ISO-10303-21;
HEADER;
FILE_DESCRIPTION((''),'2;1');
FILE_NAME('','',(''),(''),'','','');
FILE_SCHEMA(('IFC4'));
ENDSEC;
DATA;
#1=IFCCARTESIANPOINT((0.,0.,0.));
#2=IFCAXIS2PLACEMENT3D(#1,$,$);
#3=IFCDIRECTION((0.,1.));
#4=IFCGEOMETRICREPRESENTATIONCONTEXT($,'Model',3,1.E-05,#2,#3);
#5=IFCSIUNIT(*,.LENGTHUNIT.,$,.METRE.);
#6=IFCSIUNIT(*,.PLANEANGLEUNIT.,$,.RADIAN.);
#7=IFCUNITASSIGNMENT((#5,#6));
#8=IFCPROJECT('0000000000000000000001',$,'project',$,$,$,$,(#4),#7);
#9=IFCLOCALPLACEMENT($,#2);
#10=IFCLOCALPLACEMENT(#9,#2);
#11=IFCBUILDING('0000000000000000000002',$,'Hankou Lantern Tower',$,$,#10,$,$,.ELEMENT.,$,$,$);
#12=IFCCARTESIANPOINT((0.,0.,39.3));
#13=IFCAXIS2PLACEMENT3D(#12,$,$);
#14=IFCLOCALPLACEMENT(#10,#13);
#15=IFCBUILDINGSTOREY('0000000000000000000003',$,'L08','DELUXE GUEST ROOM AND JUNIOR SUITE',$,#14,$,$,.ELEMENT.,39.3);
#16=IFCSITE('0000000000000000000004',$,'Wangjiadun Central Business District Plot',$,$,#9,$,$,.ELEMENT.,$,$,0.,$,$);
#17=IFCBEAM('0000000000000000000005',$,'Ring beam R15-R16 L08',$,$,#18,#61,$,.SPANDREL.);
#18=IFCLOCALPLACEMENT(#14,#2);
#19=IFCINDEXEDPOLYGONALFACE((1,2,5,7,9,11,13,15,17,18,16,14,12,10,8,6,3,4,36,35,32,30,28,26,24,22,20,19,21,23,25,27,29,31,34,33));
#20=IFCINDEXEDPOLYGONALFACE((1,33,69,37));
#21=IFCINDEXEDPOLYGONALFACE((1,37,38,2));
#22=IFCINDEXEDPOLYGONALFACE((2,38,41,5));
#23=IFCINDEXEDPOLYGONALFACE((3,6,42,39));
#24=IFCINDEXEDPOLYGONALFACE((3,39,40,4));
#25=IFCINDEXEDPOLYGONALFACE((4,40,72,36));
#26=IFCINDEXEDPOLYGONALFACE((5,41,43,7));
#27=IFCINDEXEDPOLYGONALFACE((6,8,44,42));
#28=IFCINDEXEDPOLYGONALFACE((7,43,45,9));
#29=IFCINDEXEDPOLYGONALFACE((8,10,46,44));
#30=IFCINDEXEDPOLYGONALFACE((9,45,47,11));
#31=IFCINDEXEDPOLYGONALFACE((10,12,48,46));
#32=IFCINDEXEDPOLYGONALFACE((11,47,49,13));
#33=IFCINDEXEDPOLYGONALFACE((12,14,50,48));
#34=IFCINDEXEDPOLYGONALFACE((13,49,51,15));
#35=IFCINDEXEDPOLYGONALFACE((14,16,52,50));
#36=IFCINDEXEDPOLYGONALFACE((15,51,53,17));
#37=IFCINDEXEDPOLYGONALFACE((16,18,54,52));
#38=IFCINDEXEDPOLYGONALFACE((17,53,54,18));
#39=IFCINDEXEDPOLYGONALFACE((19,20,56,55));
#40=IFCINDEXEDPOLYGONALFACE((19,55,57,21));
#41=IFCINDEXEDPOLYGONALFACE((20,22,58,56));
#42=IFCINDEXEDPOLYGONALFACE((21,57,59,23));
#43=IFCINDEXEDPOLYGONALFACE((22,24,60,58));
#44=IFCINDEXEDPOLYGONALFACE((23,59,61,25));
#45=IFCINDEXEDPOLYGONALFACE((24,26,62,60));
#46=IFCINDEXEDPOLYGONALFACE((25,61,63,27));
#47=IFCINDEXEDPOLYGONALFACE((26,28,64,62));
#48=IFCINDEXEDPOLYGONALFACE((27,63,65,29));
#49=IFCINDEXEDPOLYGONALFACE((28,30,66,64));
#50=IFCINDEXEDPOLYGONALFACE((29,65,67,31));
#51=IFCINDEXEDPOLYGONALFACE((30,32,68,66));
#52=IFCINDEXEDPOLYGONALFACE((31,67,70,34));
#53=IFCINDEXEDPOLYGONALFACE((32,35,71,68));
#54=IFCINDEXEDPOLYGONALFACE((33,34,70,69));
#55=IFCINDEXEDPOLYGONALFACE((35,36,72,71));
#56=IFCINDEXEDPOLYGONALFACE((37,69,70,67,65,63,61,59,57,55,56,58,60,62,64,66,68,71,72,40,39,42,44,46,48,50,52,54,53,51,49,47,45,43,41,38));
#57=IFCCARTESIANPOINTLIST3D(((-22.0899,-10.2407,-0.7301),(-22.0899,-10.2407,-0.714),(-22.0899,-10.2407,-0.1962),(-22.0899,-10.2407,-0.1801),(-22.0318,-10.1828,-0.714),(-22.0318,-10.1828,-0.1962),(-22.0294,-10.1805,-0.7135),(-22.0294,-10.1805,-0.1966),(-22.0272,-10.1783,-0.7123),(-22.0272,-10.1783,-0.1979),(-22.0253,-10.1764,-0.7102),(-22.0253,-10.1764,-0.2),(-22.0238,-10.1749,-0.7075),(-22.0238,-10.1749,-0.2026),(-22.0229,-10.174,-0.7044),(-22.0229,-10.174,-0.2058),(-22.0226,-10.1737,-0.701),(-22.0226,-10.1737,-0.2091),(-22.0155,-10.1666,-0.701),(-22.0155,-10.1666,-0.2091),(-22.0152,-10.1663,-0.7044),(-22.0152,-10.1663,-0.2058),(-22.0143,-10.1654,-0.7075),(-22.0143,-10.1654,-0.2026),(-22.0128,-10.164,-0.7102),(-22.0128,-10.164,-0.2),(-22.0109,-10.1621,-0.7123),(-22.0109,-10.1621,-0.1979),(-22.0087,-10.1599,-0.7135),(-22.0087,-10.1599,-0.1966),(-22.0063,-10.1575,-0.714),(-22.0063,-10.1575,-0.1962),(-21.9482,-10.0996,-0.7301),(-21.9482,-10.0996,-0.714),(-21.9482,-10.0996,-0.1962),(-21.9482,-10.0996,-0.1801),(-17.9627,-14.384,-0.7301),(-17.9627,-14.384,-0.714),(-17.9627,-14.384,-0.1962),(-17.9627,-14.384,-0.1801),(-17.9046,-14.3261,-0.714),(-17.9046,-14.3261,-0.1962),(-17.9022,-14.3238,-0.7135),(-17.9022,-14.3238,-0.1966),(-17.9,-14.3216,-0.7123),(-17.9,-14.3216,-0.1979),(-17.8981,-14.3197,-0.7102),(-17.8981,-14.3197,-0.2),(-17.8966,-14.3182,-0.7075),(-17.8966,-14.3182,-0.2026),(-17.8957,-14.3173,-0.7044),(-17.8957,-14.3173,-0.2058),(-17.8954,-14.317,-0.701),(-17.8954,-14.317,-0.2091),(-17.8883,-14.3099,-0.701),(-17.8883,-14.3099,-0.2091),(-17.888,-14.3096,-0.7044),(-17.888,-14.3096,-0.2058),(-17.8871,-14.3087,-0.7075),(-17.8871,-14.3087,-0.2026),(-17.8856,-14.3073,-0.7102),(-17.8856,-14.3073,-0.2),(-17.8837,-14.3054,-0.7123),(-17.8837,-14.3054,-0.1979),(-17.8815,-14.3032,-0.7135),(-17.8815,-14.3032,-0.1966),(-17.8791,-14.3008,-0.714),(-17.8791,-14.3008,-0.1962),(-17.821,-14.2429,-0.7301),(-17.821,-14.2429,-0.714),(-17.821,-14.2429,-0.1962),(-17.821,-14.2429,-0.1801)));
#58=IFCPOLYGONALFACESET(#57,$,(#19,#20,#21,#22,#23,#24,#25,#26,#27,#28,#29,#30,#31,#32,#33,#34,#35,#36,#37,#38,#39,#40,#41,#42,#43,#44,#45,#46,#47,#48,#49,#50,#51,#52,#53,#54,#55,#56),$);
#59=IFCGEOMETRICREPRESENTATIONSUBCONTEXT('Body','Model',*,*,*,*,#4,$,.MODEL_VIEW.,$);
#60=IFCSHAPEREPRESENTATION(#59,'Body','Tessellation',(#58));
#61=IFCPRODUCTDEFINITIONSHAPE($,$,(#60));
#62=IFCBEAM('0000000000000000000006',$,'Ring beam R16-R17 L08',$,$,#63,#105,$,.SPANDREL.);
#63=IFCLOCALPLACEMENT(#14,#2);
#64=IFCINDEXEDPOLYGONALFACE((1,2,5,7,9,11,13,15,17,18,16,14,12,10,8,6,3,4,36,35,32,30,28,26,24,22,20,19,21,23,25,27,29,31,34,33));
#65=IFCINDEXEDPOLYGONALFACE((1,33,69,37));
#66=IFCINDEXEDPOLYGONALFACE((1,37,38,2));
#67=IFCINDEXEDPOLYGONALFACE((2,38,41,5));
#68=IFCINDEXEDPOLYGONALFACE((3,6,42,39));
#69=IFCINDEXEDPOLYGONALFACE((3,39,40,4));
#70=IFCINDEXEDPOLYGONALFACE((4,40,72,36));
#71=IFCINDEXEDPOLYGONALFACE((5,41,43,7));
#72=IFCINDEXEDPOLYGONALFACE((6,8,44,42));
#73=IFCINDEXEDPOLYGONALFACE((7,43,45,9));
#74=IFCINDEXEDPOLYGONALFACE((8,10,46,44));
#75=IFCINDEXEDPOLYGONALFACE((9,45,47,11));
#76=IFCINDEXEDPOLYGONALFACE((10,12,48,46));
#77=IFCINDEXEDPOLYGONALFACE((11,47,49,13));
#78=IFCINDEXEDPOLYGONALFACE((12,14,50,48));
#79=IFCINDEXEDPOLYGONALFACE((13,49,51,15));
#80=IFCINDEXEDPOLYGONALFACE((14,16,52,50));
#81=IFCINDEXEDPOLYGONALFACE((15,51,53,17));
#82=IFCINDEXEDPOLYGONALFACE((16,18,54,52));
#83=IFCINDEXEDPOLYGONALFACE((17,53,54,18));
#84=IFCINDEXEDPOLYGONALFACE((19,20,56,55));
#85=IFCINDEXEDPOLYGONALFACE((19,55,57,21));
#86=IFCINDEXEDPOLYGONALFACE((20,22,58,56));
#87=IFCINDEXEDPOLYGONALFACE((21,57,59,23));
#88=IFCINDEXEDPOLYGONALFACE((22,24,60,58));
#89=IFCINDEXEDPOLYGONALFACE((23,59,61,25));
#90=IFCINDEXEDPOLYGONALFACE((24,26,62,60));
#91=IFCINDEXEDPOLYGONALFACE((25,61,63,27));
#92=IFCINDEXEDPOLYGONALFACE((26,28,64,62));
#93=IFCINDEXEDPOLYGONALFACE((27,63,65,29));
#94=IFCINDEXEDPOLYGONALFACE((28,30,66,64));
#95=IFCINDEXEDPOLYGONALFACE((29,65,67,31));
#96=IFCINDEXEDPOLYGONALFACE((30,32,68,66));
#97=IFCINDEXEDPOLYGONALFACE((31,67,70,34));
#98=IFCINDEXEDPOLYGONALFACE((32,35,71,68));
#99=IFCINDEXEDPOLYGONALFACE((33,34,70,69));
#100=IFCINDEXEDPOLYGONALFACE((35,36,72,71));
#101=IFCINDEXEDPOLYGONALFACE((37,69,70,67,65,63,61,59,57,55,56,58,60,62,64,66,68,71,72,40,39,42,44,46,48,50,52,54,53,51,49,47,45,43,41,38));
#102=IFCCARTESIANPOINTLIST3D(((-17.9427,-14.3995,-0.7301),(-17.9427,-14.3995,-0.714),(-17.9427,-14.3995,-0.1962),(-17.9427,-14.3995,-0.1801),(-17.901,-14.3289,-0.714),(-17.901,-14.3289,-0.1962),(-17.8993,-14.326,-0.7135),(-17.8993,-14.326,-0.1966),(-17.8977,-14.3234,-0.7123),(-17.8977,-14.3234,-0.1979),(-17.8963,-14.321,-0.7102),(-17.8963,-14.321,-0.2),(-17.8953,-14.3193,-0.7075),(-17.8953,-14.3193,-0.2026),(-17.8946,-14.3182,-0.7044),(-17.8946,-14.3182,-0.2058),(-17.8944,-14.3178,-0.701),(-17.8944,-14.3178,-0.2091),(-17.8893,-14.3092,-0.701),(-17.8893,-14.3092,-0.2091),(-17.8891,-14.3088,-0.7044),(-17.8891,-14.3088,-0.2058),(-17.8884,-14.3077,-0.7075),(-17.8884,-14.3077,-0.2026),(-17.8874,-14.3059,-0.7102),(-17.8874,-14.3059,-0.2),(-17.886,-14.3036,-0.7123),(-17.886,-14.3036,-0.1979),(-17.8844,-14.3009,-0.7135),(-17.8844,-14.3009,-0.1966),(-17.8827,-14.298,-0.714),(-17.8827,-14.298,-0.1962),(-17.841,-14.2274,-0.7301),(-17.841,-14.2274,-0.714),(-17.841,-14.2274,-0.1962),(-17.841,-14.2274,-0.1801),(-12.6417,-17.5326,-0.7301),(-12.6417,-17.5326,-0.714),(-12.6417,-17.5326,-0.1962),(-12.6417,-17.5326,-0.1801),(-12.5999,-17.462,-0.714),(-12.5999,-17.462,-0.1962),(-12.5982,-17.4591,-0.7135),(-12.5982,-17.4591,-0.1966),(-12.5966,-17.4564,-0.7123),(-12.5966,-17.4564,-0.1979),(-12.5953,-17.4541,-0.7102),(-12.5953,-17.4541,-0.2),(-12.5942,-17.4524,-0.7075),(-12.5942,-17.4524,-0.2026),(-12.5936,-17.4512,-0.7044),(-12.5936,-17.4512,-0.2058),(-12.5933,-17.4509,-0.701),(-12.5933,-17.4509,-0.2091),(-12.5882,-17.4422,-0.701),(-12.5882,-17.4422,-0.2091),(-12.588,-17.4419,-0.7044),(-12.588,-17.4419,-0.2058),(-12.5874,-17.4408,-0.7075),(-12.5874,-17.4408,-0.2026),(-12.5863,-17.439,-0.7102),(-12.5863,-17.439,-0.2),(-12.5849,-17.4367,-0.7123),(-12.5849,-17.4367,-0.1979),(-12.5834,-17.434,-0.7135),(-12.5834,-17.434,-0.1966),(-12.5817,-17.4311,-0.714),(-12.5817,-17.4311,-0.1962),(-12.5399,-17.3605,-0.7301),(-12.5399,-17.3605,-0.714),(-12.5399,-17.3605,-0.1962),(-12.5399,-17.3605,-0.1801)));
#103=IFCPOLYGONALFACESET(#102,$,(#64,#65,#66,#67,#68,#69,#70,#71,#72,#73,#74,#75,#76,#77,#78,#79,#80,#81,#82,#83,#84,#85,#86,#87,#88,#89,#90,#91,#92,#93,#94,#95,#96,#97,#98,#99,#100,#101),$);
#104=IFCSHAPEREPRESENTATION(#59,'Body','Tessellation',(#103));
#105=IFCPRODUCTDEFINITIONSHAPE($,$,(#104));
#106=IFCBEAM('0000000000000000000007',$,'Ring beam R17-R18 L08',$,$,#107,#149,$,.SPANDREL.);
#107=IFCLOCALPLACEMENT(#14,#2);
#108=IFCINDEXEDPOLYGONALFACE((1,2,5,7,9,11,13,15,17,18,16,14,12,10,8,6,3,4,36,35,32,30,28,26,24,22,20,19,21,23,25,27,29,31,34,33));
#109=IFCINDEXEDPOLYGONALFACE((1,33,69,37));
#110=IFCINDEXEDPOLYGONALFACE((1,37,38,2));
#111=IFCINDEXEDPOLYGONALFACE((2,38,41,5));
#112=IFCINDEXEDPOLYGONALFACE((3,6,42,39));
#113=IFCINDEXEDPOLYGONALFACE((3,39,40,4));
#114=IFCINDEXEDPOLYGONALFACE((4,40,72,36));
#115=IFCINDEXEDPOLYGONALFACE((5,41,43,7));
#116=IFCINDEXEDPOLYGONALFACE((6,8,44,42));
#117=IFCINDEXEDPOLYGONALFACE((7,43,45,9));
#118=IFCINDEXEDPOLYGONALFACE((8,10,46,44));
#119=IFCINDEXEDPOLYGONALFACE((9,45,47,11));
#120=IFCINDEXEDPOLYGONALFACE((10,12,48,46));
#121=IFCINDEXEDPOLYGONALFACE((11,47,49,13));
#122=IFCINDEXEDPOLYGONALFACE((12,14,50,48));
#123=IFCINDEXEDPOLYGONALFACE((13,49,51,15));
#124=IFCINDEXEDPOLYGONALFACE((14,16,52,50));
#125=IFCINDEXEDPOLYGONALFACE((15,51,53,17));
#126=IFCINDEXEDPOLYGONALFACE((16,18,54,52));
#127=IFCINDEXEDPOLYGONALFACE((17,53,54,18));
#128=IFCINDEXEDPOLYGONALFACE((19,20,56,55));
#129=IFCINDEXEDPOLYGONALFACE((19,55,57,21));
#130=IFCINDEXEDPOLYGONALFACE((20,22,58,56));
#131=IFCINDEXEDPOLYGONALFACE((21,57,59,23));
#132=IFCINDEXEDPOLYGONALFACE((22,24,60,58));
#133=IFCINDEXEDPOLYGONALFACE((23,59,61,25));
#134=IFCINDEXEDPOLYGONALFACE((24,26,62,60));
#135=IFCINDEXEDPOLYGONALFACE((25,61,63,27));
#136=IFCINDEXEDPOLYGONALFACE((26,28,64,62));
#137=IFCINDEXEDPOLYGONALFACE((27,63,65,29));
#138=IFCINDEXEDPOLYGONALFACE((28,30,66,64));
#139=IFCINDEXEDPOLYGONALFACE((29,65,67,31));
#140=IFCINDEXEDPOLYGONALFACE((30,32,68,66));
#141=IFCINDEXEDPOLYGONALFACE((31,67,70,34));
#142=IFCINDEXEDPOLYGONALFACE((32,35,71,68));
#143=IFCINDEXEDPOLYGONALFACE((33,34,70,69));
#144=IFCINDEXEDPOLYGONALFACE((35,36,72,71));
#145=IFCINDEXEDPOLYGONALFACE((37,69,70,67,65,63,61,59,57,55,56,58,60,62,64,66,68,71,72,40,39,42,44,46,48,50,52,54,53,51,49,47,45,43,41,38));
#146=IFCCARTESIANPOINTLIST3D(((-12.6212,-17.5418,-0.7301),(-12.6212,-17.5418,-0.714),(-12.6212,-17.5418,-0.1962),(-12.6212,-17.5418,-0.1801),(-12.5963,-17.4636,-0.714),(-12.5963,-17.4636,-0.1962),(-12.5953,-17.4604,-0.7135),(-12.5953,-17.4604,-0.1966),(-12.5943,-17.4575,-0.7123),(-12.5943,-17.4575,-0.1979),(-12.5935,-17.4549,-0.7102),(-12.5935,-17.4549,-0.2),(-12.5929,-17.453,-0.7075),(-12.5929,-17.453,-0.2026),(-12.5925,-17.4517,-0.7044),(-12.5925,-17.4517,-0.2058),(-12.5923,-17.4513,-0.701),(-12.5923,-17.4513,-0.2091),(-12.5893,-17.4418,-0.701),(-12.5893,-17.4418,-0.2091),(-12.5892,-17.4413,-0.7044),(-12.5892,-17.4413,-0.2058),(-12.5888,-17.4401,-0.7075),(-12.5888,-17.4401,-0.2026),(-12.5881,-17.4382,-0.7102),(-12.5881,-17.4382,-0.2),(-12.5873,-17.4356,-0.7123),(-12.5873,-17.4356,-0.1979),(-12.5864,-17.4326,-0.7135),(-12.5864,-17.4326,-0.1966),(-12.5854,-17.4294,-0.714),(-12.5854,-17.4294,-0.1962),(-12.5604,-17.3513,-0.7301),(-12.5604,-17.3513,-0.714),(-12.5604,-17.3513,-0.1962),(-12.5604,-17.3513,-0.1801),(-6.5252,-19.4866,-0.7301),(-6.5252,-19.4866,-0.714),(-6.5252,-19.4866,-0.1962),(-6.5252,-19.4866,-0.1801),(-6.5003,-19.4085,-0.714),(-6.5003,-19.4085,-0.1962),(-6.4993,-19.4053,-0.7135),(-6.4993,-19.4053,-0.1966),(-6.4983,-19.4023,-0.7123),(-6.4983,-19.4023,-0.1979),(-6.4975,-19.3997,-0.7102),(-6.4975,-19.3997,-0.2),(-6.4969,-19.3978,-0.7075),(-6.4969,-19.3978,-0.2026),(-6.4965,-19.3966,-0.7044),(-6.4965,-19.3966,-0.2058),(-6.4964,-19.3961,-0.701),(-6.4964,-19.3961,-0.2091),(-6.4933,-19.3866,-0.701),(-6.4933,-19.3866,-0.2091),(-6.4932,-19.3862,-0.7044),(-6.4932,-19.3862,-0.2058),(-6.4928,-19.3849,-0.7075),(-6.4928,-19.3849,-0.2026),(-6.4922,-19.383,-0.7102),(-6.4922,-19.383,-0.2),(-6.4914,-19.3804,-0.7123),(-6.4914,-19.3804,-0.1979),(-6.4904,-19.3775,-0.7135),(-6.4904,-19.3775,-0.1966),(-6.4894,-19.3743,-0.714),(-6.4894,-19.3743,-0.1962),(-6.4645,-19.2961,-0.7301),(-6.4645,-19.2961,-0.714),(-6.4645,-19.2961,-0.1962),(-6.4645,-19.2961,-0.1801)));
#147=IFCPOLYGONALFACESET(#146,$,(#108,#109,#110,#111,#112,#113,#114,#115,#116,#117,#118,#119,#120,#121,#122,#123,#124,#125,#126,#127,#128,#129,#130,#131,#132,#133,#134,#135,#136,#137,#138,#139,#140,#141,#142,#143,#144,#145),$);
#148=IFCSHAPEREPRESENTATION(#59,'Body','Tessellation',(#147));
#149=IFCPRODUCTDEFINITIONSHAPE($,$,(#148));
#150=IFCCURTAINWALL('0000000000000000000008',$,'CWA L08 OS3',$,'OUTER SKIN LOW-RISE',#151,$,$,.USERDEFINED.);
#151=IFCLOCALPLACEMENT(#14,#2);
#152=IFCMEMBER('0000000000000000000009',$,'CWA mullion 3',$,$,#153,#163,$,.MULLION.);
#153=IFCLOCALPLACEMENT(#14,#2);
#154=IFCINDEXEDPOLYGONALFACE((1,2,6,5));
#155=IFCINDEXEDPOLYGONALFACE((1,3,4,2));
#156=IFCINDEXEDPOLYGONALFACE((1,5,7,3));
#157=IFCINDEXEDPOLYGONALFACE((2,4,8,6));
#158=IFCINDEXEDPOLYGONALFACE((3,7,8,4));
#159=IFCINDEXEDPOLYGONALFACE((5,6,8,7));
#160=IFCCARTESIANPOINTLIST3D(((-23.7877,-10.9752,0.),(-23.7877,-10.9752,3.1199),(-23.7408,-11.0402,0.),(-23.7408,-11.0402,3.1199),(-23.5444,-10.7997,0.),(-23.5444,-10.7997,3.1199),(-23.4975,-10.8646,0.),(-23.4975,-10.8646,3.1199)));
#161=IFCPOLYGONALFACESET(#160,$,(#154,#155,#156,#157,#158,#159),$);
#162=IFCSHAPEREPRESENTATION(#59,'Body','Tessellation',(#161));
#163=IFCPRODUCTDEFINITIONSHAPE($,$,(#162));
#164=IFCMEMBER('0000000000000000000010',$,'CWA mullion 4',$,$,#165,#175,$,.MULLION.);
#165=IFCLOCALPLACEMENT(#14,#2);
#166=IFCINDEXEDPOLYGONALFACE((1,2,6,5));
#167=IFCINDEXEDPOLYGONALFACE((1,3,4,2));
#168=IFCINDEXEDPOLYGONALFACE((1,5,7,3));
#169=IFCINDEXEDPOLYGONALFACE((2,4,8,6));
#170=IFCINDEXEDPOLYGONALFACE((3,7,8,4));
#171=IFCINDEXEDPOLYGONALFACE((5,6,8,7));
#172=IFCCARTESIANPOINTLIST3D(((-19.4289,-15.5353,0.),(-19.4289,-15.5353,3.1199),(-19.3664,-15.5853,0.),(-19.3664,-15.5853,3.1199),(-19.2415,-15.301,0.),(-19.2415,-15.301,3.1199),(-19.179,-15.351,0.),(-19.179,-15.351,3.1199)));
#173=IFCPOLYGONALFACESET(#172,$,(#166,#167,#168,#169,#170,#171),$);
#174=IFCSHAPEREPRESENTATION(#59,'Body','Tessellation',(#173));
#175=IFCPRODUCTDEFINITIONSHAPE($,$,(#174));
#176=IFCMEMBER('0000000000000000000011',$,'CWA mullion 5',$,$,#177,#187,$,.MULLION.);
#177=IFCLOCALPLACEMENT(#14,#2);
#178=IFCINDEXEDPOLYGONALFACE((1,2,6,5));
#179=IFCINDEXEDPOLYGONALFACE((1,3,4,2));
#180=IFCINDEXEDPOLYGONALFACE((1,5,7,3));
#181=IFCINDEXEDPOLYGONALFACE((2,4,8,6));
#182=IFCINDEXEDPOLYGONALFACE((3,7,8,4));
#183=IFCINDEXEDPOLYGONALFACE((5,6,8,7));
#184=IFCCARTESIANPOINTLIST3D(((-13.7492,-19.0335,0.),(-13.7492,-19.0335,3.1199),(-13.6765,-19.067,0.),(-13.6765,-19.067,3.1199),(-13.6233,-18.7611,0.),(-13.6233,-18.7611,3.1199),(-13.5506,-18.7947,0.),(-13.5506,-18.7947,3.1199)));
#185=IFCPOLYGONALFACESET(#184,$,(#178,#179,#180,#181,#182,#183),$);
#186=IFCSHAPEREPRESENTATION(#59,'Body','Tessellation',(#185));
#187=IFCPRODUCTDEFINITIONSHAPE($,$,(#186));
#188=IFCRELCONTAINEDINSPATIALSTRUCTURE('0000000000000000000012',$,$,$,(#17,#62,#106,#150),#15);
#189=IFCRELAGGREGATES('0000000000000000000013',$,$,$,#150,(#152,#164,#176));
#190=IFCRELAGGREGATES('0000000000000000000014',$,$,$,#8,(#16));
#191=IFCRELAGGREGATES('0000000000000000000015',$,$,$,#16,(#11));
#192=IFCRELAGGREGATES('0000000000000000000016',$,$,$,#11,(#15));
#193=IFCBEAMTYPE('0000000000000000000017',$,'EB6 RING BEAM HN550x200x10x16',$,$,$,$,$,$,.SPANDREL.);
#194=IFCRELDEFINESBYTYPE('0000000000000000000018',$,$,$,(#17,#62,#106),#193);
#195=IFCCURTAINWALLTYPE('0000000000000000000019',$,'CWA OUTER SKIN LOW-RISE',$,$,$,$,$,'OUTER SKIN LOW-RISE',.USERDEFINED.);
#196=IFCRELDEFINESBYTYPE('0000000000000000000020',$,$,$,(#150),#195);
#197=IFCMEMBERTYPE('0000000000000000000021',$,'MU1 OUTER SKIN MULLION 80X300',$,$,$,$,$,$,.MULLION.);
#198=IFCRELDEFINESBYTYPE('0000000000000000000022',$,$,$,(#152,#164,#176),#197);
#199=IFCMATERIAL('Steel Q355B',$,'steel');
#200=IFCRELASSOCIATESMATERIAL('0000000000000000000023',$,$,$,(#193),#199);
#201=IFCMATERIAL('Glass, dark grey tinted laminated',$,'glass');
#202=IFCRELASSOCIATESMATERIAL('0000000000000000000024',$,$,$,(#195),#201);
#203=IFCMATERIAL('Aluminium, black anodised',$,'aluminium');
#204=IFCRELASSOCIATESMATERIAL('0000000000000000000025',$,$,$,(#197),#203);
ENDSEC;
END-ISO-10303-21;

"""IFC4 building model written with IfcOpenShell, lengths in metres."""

from ifc_helpers import new_model, si_unit, direction, frame, origin, origin_2d, place, context, subcontext, project, spatial, rectangle, i_section, extrude, material, material_profile, profile_set, type_object, element, aggregate, save


model = new_model("IFC4")

# Units and contexts
model_context = context("Model", 3, precision=1e-05, world=origin(), true_north=direction((0.0, 1.0)))
body_context = subcontext(model_context, "Body", "Model", "MODEL_VIEW")
ifc_project = project(units=[si_unit("LENGTHUNIT", "METRE"), si_unit("PLANEANGLEUNIT", "RADIAN")], contexts=[model_context])

# Site, building, storey
site_placement = place(None, origin())
site = spatial("IfcSite", under=ifc_project, at=site_placement, Name="Wangjiadun Central Business District Plot", CompositionType="ELEMENT", RefElevation=0.0)
building_placement = place(site_placement, origin())
building = spatial("IfcBuilding", under=site, at=building_placement, Name="Hankou Lantern Tower", CompositionType="ELEMENT")
storey_placement = place(building_placement, frame((0.0, 0.0, 39.3)))
storey = spatial("IfcBuildingStorey", under=building, at=storey_placement, Name="L08", Description="DELUXE GUEST ROOM AND JUNIOR SUITE", CompositionType="ELEMENT", Elevation=39.3)

# Beams
ifc_material_1 = material(Name="Steel Q355B", Category="steel")
ifc_material_profile_1 = material_profile(ifc_material_1, i_section(OverallWidth=0.2, OverallDepth=0.55, WebThickness=0.01, FlangeThickness=0.0161, FilletRadius=0.0129, at=origin_2d()), Name="HN550x200x10x16")
ifc_profile_set_1 = profile_set([ifc_material_profile_1], Name="Steel Q355B")
beam_type_1 = type_object("IfcBeamType", Name="EB6 RING BEAM HN550x200x10x16", PredefinedType="SPANDREL", material=ifc_profile_set_1)
beam_1_placement = place(storey_placement, frame((-22.019, -10.1702, -0.4551), z_axis=(0.705728, -0.708483, 0.0), x_axis=(0.708483, 0.705728, 0.0)))
element("IfcBeam", 1, at=beam_1_placement, inside=storey, type_object=beam_type_1, Name="Ring beam R15-R16 L08", PredefinedType="SPANDREL", context=body_context, shape_type="SweptSolid", body=[
    extrude(i_section(OverallWidth=0.2, OverallDepth=0.55, WebThickness=0.01, FlangeThickness=0.0161, FilletRadius=0.0129, at=origin_2d()), origin(), (0.0, 0.0, 1.0), 5.8481),
])
beam_2_placement = place(storey_placement, frame((-17.8918, -14.3135, -0.4551), z_axis=(0.860882, -0.508805, 0.0), x_axis=(0.508805, 0.860882, 0.0)))
element("IfcBeam", 2, at=beam_2_placement, inside=storey, type_object=beam_type_1, Name="Ring beam R16-R17 L08", PredefinedType="SPANDREL", context=body_context, shape_type="SweptSolid", body=[
    extrude(i_section(OverallWidth=0.2, OverallDepth=0.55, WebThickness=0.01, FlangeThickness=0.0161, FilletRadius=0.0129, at=origin_2d()), origin(), (0.0, 0.0, 1.0), 6.1577),
])
beam_3_placement = place(storey_placement, frame((-12.5908, -17.4465, -0.4551), z_axis=(0.95269, -0.303942, 0.0), x_axis=(0.303942, 0.95269, 0.0)))
element("IfcBeam", 3, at=beam_3_placement, inside=storey, type_object=beam_type_1, Name="Ring beam R17-R18 L08", PredefinedType="SPANDREL", context=body_context, shape_type="SweptSolid", body=[
    extrude(i_section(OverallWidth=0.2, OverallDepth=0.55, WebThickness=0.01, FlangeThickness=0.0161, FilletRadius=0.0129, at=origin_2d()), origin(), (0.0, 0.0, 1.0), 6.3987),
])

# Curtain wall, members
ifc_material_2 = material(Name="Glass, dark grey tinted laminated", Category="glass")
curtain_wall_type = type_object("IfcCurtainWallType", Name="CWA OUTER SKIN LOW-RISE", ElementType="OUTER SKIN LOW-RISE", PredefinedType="USERDEFINED", material=ifc_material_2)
curtain_wall_placement = place(storey_placement, origin())
curtain_wall = element("IfcCurtainWall", 4, at=curtain_wall_placement, inside=storey, type_object=curtain_wall_type, Name="CWA L08 OS3", ObjectType="OUTER SKIN LOW-RISE", PredefinedType="USERDEFINED")
ifc_material_3 = material(Name="Aluminium, black anodised", Category="aluminium")
ifc_material_profile_2 = material_profile(ifc_material_3, rectangle(XDim=0.0801, YDim=0.3, at=origin_2d()), Name="MU1 80X300")
ifc_profile_set_2 = profile_set([ifc_material_profile_2], Name="Aluminium, black anodised")
member_type_1 = type_object("IfcMemberType", Name="MU1 OUTER SKIN MULLION 80X300", PredefinedType="MULLION", material=ifc_profile_set_2)
member_1_placement = place(storey_placement, frame((-23.6426, -10.9199, 0.0), z_axis=(0.0, 0.0, 1.0), x_axis=(0.585206, -0.810885, 0.0)))
member_1 = element("IfcMember", 5, at=member_1_placement, type_object=member_type_1, Name="CWA mullion 3", PredefinedType="MULLION", context=body_context, shape_type="SweptSolid", body=[
    extrude(rectangle(XDim=0.0801, YDim=0.3, at=origin_2d()), origin(), (0.0, 0.0, 1.0), 3.1199),
])
member_2_placement = place(storey_placement, frame((-19.304, -15.4431, 0.0), z_axis=(0.0, 0.0, 1.0), x_axis=(0.780869, -0.624695, 0.0)))
member_2 = element("IfcMember", 6, at=member_2_placement, type_object=member_type_1, Name="CWA mullion 4", PredefinedType="MULLION", context=body_context, shape_type="SweptSolid", body=[
    extrude(rectangle(XDim=0.0801, YDim=0.3, at=origin_2d()), origin(), (0.0, 0.0, 1.0), 3.1199),
])
member_3_placement = place(storey_placement, frame((-13.6499, -18.9141, 0.0), z_axis=(0.0, 0.0, 1.0), x_axis=(0.907841, -0.419314, 0.0)))
member_3 = element("IfcMember", 7, at=member_3_placement, type_object=member_type_1, Name="CWA mullion 5", PredefinedType="MULLION", context=body_context, shape_type="SweptSolid", body=[
    extrude(rectangle(XDim=0.0801, YDim=0.3, at=origin_2d()), origin(), (0.0, 0.0, 1.0), 3.1199),
])

aggregate(curtain_wall, [member_1, member_2, member_3])

save(model, "model.ifc")
